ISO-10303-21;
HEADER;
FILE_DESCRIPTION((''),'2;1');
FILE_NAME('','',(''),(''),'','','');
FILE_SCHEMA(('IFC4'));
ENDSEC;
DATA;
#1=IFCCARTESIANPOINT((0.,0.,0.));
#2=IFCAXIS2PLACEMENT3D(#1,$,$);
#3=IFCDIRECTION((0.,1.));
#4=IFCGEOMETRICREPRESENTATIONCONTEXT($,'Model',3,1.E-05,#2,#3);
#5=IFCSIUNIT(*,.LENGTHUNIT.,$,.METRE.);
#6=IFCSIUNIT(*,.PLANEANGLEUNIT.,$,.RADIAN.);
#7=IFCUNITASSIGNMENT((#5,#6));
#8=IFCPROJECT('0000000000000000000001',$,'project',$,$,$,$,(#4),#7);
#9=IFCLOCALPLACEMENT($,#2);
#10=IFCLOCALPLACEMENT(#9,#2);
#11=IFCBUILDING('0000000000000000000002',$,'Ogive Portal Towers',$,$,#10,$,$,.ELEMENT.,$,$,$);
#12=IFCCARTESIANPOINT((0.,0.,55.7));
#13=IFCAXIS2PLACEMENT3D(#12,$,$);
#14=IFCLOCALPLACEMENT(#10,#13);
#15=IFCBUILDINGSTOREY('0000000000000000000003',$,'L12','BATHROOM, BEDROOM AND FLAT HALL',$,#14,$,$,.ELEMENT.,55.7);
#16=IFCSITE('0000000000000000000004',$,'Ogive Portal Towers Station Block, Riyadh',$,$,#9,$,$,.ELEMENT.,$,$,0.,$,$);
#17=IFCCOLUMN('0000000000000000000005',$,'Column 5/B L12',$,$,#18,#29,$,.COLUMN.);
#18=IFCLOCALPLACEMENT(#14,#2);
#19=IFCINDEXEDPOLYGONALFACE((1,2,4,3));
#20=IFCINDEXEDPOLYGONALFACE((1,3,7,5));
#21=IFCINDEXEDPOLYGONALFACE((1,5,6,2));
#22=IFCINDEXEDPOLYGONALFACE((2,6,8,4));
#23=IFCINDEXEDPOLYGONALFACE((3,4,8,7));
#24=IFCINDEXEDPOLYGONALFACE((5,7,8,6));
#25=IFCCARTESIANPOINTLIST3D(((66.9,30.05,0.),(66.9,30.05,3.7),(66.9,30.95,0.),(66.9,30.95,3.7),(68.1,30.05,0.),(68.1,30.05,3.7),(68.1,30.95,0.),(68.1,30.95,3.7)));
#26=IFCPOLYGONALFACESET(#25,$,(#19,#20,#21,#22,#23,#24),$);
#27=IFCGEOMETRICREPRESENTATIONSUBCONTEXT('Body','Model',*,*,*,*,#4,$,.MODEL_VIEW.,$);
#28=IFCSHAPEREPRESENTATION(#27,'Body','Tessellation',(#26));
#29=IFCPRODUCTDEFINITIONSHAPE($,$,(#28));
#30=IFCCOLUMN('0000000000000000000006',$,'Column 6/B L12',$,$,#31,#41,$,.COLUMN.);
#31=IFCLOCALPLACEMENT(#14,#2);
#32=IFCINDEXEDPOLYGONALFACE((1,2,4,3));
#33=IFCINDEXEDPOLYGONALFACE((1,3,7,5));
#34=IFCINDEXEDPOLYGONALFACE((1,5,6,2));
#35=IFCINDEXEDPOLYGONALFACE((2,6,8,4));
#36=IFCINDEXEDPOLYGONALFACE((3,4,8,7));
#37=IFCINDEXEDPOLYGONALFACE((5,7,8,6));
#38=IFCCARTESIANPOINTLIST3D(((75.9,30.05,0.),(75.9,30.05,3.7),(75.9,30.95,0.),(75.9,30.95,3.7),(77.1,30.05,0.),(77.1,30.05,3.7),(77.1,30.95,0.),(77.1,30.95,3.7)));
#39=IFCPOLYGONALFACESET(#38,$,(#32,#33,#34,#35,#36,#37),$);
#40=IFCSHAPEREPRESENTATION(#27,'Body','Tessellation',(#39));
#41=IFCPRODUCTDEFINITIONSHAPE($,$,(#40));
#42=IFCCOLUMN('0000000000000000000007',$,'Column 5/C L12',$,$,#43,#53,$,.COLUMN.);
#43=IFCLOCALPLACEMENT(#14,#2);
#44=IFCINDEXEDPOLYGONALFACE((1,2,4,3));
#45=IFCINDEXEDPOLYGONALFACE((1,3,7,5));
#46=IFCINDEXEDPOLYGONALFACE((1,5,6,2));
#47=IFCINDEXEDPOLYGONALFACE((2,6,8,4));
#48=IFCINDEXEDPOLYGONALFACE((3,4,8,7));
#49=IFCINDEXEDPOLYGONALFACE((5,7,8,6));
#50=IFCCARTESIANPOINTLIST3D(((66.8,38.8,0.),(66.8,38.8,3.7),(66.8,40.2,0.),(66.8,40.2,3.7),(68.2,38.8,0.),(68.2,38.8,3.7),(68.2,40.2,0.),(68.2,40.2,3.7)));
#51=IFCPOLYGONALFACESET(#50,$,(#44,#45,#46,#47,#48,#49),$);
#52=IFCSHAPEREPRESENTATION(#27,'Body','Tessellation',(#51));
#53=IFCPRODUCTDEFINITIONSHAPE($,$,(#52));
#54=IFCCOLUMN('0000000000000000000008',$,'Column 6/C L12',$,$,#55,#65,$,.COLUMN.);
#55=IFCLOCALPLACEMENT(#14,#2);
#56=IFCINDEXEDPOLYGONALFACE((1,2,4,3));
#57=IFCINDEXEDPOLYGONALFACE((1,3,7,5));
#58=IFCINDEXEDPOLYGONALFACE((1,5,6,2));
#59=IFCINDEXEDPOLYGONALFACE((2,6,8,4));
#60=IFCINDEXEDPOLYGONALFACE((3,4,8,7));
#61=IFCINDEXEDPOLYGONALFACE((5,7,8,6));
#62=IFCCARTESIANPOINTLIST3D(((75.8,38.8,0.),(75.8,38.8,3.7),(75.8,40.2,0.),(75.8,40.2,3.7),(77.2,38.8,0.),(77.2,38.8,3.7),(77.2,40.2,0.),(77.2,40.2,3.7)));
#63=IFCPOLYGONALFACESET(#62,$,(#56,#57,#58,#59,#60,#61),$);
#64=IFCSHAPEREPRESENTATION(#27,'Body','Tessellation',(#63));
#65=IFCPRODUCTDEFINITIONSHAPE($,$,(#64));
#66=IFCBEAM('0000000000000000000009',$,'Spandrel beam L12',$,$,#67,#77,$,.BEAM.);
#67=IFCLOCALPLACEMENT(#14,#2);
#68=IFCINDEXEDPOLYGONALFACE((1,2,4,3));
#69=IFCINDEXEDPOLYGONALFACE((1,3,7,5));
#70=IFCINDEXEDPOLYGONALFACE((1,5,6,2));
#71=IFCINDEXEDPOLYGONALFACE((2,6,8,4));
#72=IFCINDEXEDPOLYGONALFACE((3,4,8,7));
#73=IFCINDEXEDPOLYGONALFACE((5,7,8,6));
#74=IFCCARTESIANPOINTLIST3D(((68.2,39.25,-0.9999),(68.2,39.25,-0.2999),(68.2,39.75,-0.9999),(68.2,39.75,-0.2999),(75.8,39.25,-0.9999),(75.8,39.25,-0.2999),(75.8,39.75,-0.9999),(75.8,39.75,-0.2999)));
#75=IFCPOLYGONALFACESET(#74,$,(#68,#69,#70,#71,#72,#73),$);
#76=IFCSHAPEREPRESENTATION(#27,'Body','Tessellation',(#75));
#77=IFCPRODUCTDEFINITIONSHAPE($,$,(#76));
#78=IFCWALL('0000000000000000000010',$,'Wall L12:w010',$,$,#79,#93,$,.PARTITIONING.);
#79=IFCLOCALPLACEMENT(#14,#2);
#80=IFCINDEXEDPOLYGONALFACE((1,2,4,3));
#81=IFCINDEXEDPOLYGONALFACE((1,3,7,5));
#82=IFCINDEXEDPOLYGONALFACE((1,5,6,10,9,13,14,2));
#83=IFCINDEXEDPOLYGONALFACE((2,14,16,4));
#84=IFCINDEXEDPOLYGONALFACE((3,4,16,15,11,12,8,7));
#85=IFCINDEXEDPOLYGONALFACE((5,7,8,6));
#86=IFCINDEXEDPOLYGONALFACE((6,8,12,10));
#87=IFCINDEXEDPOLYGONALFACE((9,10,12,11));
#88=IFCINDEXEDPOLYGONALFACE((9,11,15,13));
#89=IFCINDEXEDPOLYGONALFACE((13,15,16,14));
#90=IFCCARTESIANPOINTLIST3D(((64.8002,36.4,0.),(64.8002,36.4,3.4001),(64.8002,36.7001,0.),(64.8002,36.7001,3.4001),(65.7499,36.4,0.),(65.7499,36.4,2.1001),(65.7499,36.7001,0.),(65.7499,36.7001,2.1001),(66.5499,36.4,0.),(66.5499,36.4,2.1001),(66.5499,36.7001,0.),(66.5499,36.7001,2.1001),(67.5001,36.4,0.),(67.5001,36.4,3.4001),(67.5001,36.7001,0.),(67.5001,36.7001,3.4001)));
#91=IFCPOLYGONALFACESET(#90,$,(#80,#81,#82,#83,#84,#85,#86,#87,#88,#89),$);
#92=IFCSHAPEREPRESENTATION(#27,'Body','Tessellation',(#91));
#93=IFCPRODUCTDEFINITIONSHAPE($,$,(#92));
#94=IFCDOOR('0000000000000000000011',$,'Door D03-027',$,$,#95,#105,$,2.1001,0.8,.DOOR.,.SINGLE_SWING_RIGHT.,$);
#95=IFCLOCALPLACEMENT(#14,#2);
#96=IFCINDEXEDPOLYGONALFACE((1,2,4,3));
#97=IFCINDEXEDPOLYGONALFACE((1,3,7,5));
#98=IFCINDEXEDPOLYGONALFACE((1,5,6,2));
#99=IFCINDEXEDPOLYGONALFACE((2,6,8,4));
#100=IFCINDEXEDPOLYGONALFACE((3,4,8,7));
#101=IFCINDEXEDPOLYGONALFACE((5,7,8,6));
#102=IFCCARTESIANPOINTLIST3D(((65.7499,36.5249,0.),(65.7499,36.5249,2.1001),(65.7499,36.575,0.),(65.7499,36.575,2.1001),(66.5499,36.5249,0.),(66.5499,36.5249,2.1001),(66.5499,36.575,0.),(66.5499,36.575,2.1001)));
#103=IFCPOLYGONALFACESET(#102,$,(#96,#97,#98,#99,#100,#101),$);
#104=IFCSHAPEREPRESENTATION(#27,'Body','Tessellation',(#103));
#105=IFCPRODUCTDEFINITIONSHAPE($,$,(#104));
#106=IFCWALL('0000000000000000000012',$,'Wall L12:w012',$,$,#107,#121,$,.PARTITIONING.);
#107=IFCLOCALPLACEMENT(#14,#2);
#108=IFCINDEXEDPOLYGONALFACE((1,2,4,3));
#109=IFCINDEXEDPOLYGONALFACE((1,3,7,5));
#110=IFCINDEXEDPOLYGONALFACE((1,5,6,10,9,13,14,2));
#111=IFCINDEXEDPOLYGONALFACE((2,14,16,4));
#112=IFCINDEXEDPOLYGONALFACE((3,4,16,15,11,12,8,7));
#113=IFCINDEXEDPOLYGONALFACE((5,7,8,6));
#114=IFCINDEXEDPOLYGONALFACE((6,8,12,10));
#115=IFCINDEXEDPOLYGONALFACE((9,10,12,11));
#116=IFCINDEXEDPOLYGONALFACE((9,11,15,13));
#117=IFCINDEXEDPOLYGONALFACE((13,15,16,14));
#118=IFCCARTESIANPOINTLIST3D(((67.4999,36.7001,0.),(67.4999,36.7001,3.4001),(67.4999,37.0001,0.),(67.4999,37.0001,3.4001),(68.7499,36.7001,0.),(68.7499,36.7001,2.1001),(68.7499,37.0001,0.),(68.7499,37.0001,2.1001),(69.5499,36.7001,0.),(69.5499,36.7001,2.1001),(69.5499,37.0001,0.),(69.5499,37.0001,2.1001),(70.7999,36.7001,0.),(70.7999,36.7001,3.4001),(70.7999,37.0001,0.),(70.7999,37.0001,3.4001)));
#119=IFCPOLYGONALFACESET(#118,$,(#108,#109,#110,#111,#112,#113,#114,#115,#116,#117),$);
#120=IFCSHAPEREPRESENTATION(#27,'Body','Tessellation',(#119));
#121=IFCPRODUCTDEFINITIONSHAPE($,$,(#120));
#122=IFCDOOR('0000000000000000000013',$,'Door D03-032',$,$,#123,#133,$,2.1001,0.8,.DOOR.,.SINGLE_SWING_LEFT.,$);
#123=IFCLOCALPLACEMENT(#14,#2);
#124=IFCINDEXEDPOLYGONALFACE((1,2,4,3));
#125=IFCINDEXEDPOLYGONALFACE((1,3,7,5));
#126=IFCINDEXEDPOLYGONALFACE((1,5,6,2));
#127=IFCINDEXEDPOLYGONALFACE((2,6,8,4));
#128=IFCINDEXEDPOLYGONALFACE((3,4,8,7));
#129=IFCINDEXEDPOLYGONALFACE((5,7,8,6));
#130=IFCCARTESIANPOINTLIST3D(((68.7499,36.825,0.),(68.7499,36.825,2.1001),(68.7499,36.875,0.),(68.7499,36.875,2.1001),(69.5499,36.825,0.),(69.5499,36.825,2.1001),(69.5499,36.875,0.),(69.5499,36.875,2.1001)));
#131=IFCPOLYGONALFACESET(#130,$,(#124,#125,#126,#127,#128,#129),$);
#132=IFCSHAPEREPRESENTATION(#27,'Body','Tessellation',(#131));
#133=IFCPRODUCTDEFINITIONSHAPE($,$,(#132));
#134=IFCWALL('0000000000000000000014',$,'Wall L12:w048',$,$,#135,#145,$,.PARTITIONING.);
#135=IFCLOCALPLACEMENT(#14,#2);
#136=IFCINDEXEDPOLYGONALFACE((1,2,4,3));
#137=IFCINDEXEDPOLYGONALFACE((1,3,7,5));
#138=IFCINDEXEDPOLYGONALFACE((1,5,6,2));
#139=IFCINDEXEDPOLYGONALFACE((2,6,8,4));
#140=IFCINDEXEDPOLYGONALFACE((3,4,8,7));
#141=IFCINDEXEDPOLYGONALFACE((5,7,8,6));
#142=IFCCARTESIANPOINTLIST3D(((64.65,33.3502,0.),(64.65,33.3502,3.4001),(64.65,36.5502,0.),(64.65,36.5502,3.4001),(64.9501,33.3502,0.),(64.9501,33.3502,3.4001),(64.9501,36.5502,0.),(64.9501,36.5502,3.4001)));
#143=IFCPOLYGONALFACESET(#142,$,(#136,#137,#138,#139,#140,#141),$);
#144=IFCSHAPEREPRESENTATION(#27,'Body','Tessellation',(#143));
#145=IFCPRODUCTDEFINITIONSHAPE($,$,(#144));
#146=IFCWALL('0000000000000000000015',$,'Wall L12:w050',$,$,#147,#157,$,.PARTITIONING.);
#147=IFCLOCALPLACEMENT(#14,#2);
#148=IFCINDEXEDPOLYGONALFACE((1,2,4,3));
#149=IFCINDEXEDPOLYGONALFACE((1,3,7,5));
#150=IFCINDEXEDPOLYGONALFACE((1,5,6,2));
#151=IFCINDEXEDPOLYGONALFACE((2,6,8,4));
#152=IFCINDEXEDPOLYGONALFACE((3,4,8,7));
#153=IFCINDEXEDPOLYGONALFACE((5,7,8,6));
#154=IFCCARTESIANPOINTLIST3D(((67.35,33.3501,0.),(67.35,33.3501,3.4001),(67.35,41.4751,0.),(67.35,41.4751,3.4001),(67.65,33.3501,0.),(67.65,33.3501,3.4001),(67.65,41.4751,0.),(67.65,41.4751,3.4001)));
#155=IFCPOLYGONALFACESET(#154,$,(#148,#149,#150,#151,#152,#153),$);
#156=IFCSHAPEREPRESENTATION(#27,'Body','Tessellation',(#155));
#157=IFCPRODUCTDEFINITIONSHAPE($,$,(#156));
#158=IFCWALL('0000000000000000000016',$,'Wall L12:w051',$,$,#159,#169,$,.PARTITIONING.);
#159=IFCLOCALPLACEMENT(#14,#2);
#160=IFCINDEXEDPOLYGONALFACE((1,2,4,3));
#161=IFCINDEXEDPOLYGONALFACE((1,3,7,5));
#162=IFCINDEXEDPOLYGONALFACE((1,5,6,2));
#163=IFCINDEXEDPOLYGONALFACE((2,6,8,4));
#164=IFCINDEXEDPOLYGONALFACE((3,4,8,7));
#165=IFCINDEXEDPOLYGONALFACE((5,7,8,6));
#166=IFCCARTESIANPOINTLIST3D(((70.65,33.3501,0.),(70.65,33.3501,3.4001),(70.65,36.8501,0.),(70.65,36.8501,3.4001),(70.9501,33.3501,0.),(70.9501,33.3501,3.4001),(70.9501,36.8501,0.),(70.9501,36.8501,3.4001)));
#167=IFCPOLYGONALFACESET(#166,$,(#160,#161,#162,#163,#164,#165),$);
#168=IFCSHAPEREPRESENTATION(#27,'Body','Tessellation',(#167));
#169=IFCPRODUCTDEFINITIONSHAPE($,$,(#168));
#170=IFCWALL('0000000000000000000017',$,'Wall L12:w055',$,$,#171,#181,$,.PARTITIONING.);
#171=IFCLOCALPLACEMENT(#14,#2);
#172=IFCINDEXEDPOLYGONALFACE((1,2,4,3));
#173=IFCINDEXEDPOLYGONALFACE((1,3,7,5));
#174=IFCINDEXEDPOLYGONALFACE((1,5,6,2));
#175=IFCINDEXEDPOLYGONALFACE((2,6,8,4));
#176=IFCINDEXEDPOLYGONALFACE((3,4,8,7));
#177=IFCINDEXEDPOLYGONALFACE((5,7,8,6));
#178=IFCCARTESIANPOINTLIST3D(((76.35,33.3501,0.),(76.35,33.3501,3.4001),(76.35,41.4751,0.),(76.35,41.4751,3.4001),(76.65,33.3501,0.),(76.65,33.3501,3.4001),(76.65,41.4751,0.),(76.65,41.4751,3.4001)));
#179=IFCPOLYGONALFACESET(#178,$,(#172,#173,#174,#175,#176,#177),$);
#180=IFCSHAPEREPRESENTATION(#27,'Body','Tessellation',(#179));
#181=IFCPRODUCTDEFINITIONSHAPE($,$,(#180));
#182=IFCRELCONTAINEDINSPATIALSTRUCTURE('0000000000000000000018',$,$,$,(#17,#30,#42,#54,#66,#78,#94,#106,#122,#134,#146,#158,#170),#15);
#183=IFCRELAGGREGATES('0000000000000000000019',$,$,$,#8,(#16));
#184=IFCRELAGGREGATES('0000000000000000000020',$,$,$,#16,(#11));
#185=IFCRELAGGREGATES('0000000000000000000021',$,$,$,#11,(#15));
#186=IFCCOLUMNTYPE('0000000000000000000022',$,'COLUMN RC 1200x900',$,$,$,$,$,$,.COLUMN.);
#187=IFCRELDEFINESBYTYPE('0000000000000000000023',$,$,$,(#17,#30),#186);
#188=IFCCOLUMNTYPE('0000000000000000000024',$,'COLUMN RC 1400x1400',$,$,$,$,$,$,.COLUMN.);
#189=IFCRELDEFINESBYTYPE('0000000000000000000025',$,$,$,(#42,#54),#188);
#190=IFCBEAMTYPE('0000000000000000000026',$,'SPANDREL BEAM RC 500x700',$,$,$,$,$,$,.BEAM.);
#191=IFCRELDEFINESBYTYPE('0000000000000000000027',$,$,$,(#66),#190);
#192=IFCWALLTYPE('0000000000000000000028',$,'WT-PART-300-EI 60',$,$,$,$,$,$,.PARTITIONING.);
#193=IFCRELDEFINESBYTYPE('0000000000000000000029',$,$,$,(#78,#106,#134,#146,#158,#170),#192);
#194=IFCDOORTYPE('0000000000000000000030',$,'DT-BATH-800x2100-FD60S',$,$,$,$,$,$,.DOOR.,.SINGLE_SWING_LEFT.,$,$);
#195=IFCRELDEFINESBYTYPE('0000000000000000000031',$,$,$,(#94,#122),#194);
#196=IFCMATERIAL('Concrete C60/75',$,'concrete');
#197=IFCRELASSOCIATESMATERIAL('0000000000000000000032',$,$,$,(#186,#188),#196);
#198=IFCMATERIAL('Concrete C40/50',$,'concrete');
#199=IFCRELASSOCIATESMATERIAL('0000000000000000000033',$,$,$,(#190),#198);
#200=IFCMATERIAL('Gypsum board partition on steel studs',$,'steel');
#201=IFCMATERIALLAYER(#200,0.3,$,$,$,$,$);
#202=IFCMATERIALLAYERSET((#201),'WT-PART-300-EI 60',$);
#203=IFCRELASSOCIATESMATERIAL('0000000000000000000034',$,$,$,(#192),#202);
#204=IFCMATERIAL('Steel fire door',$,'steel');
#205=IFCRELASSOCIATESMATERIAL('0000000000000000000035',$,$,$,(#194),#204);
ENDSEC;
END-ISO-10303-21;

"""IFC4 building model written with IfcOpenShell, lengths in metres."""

from ifc_helpers import new_model, si_unit, direction, frame, frame_2d, origin, origin_2d, place, context, subcontext, project, spatial, rectangle, extrude, material, layer, layer_set, material_profile, profile_set, type_object, element, fill, save


model = new_model("IFC4")

# Units and contexts
model_context = context("Model", 3, precision=1e-05, world=origin(), true_north=direction((0.0, 1.0)))
body_context = subcontext(model_context, "Body", "Model", "MODEL_VIEW")
ifc_project = project(units=[si_unit("LENGTHUNIT", "METRE"), si_unit("PLANEANGLEUNIT", "RADIAN")], contexts=[model_context])

# Site, building, storey
site_placement = place(None, origin())
site = spatial("IfcSite", under=ifc_project, at=site_placement, Name="Ogive Portal Towers Station Block, Riyadh", CompositionType="ELEMENT", RefElevation=0.0)
building_placement = place(site_placement, origin())
building = spatial("IfcBuilding", under=site, at=building_placement, Name="Ogive Portal Towers", CompositionType="ELEMENT")
storey_placement = place(building_placement, frame((0.0, 0.0, 55.7)))
storey = spatial("IfcBuildingStorey", under=building, at=storey_placement, Name="L12", Description="BATHROOM, BEDROOM AND FLAT HALL", CompositionType="ELEMENT", Elevation=55.7)

# Columns
ifc_material_1 = material(Name="Concrete C60/75", Category="concrete")
ifc_material_profile_1 = material_profile(ifc_material_1, rectangle(XDim=1.2, YDim=0.8999, at=origin_2d()), Name="RC 1200x900")
ifc_profile_set_1 = profile_set([ifc_material_profile_1], Name="Concrete C60/75")
column_type_1 = type_object("IfcColumnType", Name="COLUMN RC 1200x900", PredefinedType="COLUMN", material=ifc_profile_set_1)
for number, where, z_axis, x_axis, name in (
    (1, (67.5, 30.5, 0.0), (0.0, 0.0, 1.0), (1.0, 0.0, 0.0), "Column 5/B L12"),
    (2, (76.5, 30.5, 0.0), (0.0, 0.0, 1.0), (1.0, 0.0, 0.0), "Column 6/B L12"),
):
    element("IfcColumn", number, at=place(storey_placement, frame(where, z_axis=z_axis, x_axis=x_axis)), inside=storey, type_object=column_type_1, Name=name, PredefinedType="COLUMN", context=body_context, shape_type="SweptSolid", body=[
        extrude(rectangle(XDim=1.2, YDim=0.8999, at=origin_2d()), origin(), (0.0, 0.0, 1.0), 3.7),
    ])
ifc_material_profile_2 = material_profile(ifc_material_1, rectangle(XDim=1.3999, YDim=1.3999, at=origin_2d()), Name="RC 1400x1400")
ifc_profile_set_2 = profile_set([ifc_material_profile_2], Name="Concrete C60/75")
column_type_2 = type_object("IfcColumnType", Name="COLUMN RC 1400x1400", PredefinedType="COLUMN", material=ifc_profile_set_2)
for number, where, z_axis, x_axis, name in (
    (3, (67.5, 39.5, 0.0), (0.0, 0.0, 1.0), (1.0, 0.0, 0.0), "Column 5/C L12"),
    (4, (76.5, 39.5, 0.0), (0.0, 0.0, 1.0), (1.0, 0.0, 0.0), "Column 6/C L12"),
):
    element("IfcColumn", number, at=place(storey_placement, frame(where, z_axis=z_axis, x_axis=x_axis)), inside=storey, type_object=column_type_2, Name=name, PredefinedType="COLUMN", context=body_context, shape_type="SweptSolid", body=[
        extrude(rectangle(XDim=1.3999, YDim=1.3999, at=origin_2d()), origin(), (0.0, 0.0, 1.0), 3.7),
    ])

# Beam
ifc_material_2 = material(Name="Concrete C40/50", Category="concrete")
ifc_material_profile_3 = material_profile(ifc_material_2, rectangle(XDim=0.5, YDim=0.7, at=origin_2d()), Name="RC 500x700")
ifc_profile_set_3 = profile_set([ifc_material_profile_3], Name="Concrete C40/50")
beam_type = type_object("IfcBeamType", Name="SPANDREL BEAM RC 500x700", PredefinedType="BEAM", material=ifc_profile_set_3)
beam_placement = place(storey_placement, frame((68.2, 39.5, -0.6499), z_axis=(1.0, 0.0, 0.0), x_axis=(0.0, 1.0, 0.0)))
element("IfcBeam", 5, at=beam_placement, inside=storey, type_object=beam_type, Name="Spandrel beam L12", PredefinedType="BEAM", context=body_context, shape_type="SweptSolid", body=[
    extrude(rectangle(XDim=0.5, YDim=0.7, at=origin_2d()), origin(), (0.0, 0.0, 1.0), 7.6001),
])

# Walls, openings, doors
ifc_material_3 = material(Name="Gypsum board partition on steel studs", Category="steel")
ifc_layer_1 = layer(ifc_material_3, 0.3)
ifc_layer_set_1 = layer_set([ifc_layer_1], Name="WT-PART-300-EI 60")
wall_type_1 = type_object("IfcWallType", Name="WT-PART-300-EI 60", PredefinedType="PARTITIONING", material=ifc_layer_set_1)
wall_1_placement = place(storey_placement, frame((64.8, 36.55, 0.0), z_axis=(0.0, 0.0, 1.0), x_axis=(1.0, 0.0, 0.0)))
wall_1 = element("IfcWall", 6, at=wall_1_placement, inside=storey, type_object=wall_type_1, Name="Wall L12:w010", PredefinedType="PARTITIONING", context=body_context, shape_type="SweptSolid", body=[
    extrude(rectangle(XDim=2.7, YDim=0.3, at=frame_2d((1.3501, 0.0))), origin(), (0.0, 0.0, 1.0), 3.4001),
])
opening_1_placement = place(wall_1_placement, frame((0.95, 0.0, 0.0)))
opening_1 = element("IfcOpeningElement", 7, at=opening_1_placement, cuts=wall_1, PredefinedType="OPENING", context=body_context, shape_type="SweptSolid", body=[
    extrude(rectangle(XDim=0.8, YDim=2.1001, at=frame_2d((0.3999, 1.05))), frame((0.0, 0.1602, 0.0), z_axis=(0.0, -1.0, 0.0), x_axis=(1.0, 0.0, 0.0)), (0.0, 0.0, 1.0), 0.3201),
])
ifc_material_4 = material(Name="Steel fire door", Category="steel")
door_type_1 = type_object("IfcDoorType", Name="DT-BATH-800x2100-FD60S", OperationType="SINGLE_SWING_LEFT", PredefinedType="DOOR", material=ifc_material_4)
door_1_placement = place(opening_1_placement, origin())
door_1 = element("IfcDoor", 8, at=door_1_placement, inside=storey, type_object=door_type_1, Name="Door D03-027", OperationType="SINGLE_SWING_RIGHT", OverallHeight=2.1001, OverallWidth=0.8, PredefinedType="DOOR", context=body_context, shape_type="SweptSolid", body=[
    extrude(rectangle(XDim=0.8, YDim=2.1001, at=frame_2d((0.3999, 1.05))), frame((0.0, 0.0249, 0.0), z_axis=(0.0, -1.0, 0.0), x_axis=(1.0, 0.0, 0.0)), (0.0, 0.0, 1.0), 0.05),
])
fill(opening_1, door_1)
wall_2_placement = place(storey_placement, frame((67.5, 36.8501, 0.0), z_axis=(0.0, 0.0, 1.0), x_axis=(1.0, 0.0, 0.0)))
wall_2 = element("IfcWall", 9, at=wall_2_placement, inside=storey, type_object=wall_type_1, Name="Wall L12:w012", PredefinedType="PARTITIONING", context=body_context, shape_type="SweptSolid", body=[
    extrude(rectangle(XDim=3.3, YDim=0.3, at=frame_2d((1.6499, 0.0))), origin(), (0.0, 0.0, 1.0), 3.4001),
])
opening_2_placement = place(wall_2_placement, frame((1.25, 0.0, 0.0)))
opening_2 = element("IfcOpeningElement", 10, at=opening_2_placement, cuts=wall_2, PredefinedType="OPENING", context=body_context, shape_type="SweptSolid", body=[
    extrude(rectangle(XDim=0.8, YDim=2.1001, at=frame_2d((0.3999, 1.05))), frame((0.0, 0.1602, 0.0), z_axis=(0.0, -1.0, 0.0), x_axis=(1.0, 0.0, 0.0)), (0.0, 0.0, 1.0), 0.3201),
])
door_2_placement = place(opening_2_placement, origin())
door_2 = element("IfcDoor", 11, at=door_2_placement, inside=storey, type_object=door_type_1, Name="Door D03-032", OperationType="SINGLE_SWING_LEFT", OverallHeight=2.1001, OverallWidth=0.8, PredefinedType="DOOR", context=body_context, shape_type="SweptSolid", body=[
    extrude(rectangle(XDim=0.8, YDim=2.1001, at=frame_2d((0.3999, 1.05))), frame((0.0, 0.0249, 0.0), z_axis=(0.0, -1.0, 0.0), x_axis=(1.0, 0.0, 0.0)), (0.0, 0.0, 1.0), 0.05),
])
fill(opening_2, door_2)

# Walls
wall_3_placement = place(storey_placement, frame((64.8, 33.3501, 0.0), z_axis=(0.0, 0.0, 1.0), x_axis=(0.0, 1.0, 0.0)))
element("IfcWall", 12, at=wall_3_placement, inside=storey, type_object=wall_type_1, Name="Wall L12:w048", PredefinedType="PARTITIONING", context=body_context, shape_type="SweptSolid", body=[
    extrude(rectangle(XDim=3.2, YDim=0.3, at=frame_2d((1.6001, 0.0))), origin(), (0.0, 0.0, 1.0), 3.4001),
])
wall_4_placement = place(storey_placement, frame((67.5, 33.3501, 0.0), z_axis=(0.0, 0.0, 1.0), x_axis=(0.0, 1.0, 0.0)))
element("IfcWall", 13, at=wall_4_placement, inside=storey, type_object=wall_type_1, Name="Wall L12:w050", PredefinedType="PARTITIONING", context=body_context, shape_type="SweptSolid", body=[
    extrude(rectangle(XDim=8.125, YDim=0.3, at=frame_2d((4.0625, 0.0))), origin(), (0.0, 0.0, 1.0), 3.4001),
])
wall_5_placement = place(storey_placement, frame((70.8, 33.3501, 0.0), z_axis=(0.0, 0.0, 1.0), x_axis=(0.0, 1.0, 0.0)))
element("IfcWall", 14, at=wall_5_placement, inside=storey, type_object=wall_type_1, Name="Wall L12:w051", PredefinedType="PARTITIONING", context=body_context, shape_type="SweptSolid", body=[
    extrude(rectangle(XDim=3.5, YDim=0.3, at=frame_2d((1.75, 0.0))), origin(), (0.0, 0.0, 1.0), 3.4001),
])
for number, where, z_axis, x_axis, name in (
    (15, (76.5, 33.3501, 0.0), (0.0, 0.0, 1.0), (0.0, 1.0, 0.0), "Wall L12:w055"),
):
    element("IfcWall", number, at=place(storey_placement, frame(where, z_axis=z_axis, x_axis=x_axis)), inside=storey, type_object=wall_type_1, Name=name, PredefinedType="PARTITIONING", context=body_context, shape_type="SweptSolid", body=[
        extrude(rectangle(XDim=8.125, YDim=0.3, at=frame_2d((4.0625, 0.0))), origin(), (0.0, 0.0, 1.0), 3.4001),
    ])

save(model, "model.ifc")
